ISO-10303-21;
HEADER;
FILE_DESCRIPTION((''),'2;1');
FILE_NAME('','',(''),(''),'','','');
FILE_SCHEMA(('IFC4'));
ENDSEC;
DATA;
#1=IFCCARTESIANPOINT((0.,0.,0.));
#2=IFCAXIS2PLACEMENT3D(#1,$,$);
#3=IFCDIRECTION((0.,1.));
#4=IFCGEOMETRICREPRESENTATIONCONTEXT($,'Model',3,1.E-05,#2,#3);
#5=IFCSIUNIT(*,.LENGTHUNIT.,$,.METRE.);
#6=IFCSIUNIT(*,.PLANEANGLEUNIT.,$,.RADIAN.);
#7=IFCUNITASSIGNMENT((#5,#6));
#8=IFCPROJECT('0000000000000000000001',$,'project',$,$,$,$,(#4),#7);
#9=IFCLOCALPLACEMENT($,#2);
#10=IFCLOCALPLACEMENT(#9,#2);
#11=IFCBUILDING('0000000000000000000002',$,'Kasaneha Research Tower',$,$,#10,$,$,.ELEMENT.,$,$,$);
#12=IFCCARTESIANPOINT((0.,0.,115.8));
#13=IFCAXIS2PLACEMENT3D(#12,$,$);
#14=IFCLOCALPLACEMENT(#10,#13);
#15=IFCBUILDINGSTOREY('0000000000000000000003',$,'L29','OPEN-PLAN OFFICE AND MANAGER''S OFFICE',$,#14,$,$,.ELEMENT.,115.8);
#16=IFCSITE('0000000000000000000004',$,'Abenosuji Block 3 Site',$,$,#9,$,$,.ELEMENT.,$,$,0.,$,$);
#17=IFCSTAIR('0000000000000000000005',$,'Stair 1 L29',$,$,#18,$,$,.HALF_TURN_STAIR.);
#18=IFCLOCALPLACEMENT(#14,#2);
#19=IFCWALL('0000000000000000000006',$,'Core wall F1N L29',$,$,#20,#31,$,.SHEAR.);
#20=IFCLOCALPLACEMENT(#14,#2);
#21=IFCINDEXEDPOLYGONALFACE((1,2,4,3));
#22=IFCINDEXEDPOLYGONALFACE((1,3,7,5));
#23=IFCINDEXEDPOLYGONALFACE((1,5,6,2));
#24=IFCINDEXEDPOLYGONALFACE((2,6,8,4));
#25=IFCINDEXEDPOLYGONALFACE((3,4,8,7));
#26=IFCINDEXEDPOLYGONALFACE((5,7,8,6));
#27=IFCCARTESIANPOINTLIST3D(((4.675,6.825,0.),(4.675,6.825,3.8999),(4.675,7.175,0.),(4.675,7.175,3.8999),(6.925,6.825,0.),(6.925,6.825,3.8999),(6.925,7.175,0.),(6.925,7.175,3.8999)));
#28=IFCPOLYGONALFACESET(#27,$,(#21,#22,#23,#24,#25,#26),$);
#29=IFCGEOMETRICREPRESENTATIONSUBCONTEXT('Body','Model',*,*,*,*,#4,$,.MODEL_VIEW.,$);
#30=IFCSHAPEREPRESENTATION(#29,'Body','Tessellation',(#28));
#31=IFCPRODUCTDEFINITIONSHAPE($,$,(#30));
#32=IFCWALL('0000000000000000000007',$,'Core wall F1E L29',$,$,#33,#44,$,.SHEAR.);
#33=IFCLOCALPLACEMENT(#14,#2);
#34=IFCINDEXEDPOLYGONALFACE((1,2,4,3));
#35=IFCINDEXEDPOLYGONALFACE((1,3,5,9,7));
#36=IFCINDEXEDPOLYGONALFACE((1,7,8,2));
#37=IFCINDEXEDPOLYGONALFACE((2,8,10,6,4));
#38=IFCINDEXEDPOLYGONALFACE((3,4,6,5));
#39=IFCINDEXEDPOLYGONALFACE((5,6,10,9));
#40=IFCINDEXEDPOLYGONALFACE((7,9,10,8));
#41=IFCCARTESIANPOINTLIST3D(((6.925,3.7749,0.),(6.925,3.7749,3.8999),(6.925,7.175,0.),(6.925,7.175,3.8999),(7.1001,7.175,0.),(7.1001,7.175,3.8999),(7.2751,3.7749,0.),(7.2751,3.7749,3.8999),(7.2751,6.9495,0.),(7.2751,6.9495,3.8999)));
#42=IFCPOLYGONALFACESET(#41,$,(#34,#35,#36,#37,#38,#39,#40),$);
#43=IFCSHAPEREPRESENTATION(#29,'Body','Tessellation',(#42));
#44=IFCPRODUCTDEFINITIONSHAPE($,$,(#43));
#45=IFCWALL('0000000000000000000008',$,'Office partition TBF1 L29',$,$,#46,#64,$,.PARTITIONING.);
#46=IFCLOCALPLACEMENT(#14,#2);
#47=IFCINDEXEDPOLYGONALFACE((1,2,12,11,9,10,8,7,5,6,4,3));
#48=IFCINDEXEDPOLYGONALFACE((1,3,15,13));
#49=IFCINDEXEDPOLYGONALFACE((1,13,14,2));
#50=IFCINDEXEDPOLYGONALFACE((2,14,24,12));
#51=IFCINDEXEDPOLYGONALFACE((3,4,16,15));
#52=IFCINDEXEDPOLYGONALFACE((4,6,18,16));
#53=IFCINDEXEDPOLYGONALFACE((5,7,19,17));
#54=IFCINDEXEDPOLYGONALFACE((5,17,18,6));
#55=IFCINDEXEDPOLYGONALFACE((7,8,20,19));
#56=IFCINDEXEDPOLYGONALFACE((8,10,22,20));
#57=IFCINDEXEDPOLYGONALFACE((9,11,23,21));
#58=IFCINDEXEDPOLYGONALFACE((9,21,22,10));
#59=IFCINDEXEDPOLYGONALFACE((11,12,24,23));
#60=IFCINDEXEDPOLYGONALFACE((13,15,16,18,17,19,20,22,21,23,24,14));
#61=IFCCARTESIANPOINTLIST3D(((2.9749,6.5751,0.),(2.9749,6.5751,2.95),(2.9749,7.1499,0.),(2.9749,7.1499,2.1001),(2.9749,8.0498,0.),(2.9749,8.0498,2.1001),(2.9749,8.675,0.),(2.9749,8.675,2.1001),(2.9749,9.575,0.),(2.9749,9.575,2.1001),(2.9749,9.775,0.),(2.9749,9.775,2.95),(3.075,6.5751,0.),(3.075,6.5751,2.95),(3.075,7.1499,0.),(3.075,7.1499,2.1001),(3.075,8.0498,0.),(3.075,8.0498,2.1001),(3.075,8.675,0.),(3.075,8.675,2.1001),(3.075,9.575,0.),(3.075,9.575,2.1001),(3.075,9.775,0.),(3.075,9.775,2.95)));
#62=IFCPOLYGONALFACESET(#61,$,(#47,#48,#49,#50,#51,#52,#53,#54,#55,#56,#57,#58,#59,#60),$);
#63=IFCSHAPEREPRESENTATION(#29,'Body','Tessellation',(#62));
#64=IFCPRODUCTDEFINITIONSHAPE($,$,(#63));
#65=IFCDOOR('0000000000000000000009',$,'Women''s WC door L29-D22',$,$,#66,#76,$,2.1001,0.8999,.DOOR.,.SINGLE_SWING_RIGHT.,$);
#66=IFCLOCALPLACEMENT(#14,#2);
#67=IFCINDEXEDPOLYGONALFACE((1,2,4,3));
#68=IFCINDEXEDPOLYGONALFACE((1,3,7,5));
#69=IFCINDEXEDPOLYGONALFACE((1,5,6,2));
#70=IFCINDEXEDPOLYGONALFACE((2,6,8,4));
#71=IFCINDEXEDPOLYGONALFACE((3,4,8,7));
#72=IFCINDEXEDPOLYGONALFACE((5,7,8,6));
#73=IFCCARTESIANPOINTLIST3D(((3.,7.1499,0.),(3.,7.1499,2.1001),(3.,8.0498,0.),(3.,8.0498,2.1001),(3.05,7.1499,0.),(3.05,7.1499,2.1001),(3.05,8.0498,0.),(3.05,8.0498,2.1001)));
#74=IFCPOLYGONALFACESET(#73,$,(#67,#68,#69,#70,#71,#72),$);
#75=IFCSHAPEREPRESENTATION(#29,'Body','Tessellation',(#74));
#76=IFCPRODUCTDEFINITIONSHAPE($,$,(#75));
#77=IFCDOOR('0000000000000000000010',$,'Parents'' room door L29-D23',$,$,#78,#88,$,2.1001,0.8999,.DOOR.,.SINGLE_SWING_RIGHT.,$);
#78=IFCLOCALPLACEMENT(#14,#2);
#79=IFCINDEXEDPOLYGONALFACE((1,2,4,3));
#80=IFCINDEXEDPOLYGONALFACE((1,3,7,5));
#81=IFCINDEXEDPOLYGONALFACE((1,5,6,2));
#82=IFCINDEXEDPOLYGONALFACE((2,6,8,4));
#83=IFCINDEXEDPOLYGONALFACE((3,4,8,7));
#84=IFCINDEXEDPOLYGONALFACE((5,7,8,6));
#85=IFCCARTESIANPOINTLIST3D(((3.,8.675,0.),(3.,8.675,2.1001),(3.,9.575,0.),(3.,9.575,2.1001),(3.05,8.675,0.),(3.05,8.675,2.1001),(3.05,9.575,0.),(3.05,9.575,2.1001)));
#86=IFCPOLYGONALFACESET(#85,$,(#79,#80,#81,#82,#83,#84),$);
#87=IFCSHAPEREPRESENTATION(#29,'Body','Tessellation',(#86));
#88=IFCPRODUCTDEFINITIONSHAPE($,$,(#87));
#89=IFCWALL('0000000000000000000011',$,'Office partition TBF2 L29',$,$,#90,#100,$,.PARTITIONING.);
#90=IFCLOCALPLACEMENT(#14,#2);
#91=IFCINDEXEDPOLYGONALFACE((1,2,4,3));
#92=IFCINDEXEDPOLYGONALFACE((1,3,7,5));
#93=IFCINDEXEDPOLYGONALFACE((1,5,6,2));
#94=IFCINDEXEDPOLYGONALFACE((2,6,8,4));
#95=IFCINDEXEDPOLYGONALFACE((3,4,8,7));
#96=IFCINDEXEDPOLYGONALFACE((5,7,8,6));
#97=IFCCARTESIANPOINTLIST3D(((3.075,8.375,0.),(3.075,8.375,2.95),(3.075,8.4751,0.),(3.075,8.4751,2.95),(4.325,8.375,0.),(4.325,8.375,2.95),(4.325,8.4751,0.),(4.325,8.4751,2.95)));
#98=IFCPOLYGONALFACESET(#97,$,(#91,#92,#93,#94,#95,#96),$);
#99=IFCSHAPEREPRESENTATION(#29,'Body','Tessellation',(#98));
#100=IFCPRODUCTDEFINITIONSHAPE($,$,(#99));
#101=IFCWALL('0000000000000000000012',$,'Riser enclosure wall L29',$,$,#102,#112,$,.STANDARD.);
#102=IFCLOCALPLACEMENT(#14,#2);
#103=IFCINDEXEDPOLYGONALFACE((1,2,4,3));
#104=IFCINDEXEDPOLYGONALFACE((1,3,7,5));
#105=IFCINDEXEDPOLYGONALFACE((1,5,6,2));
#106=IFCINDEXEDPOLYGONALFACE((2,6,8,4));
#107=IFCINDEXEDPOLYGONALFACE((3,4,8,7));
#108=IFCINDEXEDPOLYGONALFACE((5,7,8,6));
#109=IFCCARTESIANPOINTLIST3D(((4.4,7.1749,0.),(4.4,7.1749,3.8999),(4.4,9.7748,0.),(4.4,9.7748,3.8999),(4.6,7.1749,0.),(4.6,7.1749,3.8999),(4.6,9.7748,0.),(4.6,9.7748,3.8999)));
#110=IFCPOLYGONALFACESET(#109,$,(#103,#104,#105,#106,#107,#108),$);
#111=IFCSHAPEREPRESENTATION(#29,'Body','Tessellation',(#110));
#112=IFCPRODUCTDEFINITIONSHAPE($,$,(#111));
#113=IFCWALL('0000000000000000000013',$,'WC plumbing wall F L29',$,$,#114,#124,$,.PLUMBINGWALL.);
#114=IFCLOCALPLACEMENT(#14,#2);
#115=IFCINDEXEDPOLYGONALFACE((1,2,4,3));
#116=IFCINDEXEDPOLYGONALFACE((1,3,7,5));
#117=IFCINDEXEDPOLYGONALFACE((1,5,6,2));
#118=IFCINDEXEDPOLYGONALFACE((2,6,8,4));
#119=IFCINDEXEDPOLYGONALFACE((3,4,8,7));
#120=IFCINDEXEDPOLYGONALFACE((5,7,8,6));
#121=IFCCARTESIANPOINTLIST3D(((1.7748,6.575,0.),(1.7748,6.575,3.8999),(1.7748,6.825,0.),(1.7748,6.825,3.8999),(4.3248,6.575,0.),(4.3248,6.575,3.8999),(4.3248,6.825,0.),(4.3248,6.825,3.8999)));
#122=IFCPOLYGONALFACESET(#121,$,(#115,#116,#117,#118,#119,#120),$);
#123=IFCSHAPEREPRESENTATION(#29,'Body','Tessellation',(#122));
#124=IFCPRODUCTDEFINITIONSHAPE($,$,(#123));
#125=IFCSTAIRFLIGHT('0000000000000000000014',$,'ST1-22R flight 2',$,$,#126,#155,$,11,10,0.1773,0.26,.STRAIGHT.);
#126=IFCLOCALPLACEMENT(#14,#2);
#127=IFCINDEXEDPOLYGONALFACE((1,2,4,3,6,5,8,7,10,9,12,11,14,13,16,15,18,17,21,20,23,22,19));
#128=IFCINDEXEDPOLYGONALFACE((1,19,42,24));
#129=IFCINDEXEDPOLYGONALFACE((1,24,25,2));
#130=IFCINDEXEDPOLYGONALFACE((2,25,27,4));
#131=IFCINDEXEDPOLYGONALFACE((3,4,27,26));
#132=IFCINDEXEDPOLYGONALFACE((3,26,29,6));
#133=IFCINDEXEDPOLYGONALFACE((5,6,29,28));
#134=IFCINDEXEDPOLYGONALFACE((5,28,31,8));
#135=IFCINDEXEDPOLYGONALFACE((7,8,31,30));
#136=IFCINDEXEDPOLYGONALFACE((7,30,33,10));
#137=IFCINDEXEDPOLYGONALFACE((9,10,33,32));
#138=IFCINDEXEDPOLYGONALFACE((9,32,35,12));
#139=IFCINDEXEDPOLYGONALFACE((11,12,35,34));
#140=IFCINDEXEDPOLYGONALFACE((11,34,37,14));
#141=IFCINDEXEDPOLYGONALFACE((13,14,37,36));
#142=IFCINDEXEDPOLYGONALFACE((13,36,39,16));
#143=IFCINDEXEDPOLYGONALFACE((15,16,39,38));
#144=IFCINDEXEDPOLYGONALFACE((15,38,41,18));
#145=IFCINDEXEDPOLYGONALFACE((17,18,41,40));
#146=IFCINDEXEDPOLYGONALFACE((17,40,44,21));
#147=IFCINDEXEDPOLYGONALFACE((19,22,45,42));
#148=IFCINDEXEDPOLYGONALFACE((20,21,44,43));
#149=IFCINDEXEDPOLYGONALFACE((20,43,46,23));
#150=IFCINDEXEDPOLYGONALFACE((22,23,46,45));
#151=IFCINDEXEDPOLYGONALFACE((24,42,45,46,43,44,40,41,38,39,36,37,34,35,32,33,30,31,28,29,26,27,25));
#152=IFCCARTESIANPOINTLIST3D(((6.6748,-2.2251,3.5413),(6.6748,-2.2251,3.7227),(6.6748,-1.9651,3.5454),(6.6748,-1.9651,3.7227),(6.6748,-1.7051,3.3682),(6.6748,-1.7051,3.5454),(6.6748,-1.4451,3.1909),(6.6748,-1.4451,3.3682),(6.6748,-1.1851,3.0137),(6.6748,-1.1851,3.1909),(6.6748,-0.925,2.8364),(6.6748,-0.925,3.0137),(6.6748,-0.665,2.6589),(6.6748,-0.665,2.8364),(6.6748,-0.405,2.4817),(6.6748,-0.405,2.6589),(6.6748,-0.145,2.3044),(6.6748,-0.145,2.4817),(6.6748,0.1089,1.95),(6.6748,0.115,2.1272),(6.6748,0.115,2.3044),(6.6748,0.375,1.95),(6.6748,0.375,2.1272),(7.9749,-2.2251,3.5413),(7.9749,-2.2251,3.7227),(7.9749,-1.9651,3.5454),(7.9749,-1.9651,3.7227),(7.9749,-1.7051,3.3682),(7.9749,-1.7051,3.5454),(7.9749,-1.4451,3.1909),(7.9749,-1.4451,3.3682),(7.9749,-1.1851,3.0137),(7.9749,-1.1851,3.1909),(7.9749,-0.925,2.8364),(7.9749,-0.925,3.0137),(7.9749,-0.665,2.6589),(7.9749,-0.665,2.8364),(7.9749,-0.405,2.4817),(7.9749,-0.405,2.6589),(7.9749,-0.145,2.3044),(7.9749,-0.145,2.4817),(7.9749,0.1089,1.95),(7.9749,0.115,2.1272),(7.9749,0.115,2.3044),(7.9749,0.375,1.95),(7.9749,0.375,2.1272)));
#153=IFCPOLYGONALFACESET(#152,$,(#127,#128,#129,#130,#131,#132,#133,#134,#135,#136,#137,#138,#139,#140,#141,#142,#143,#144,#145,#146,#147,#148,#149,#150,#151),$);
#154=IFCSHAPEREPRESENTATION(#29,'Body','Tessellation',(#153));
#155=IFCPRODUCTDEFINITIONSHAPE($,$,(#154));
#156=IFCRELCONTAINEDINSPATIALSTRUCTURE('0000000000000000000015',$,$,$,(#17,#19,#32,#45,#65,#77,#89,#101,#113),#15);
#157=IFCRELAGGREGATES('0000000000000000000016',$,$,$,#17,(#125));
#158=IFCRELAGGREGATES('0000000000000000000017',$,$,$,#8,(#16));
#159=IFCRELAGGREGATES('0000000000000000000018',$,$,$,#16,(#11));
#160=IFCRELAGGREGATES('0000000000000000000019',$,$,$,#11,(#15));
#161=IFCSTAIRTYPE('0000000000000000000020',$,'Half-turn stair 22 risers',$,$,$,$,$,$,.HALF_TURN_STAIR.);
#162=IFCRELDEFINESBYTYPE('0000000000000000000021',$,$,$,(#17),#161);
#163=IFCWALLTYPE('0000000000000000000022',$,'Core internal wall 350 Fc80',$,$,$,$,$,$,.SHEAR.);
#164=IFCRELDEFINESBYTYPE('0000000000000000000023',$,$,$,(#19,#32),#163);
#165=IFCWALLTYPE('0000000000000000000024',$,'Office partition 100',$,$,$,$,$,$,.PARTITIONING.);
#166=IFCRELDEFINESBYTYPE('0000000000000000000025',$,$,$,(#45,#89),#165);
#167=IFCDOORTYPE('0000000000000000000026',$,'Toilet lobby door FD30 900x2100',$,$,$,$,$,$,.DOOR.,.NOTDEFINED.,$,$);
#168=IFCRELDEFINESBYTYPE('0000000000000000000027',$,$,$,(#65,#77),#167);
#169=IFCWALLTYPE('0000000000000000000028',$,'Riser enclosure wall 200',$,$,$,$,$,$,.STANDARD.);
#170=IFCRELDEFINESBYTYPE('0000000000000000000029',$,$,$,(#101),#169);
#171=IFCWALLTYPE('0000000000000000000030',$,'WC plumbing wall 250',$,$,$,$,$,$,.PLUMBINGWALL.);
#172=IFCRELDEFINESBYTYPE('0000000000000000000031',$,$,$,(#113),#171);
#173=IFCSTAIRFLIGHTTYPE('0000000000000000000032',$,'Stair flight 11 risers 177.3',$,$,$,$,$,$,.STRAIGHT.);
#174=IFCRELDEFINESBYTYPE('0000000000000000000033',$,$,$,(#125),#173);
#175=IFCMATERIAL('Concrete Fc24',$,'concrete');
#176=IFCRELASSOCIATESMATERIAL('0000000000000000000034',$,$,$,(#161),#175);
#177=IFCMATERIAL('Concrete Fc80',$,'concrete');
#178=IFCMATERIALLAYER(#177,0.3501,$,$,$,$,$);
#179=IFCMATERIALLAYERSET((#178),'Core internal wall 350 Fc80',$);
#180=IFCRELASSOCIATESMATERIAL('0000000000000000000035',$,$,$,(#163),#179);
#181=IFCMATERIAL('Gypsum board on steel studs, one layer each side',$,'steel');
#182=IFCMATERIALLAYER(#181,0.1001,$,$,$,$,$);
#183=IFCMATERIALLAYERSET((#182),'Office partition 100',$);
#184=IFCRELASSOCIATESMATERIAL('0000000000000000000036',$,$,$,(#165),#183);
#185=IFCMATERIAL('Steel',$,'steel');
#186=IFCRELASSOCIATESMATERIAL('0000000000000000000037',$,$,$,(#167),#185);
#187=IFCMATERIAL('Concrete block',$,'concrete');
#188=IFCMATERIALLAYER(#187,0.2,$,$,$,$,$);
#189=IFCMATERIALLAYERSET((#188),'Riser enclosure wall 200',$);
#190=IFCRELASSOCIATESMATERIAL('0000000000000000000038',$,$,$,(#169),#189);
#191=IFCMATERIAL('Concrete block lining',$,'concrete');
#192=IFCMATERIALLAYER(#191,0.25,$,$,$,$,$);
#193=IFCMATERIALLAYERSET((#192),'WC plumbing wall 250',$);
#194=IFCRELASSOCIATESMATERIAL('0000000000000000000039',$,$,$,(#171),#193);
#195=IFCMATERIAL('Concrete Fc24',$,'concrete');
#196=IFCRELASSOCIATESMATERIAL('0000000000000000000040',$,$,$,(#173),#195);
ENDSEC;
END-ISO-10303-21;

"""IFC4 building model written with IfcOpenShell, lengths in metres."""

from ifc_helpers import new_model, si_unit, direction, frame, frame_2d, origin, place, context, subcontext, project, spatial, polyline, rectangle, outline, extrude, material, layer, layer_set, type_object, element, fill, aggregate, save


model = new_model("IFC4")

# Units and contexts
model_context = context("Model", 3, precision=1e-05, world=origin(), true_north=direction((0.0, 1.0)))
body_context = subcontext(model_context, "Body", "Model", "MODEL_VIEW")
ifc_project = project(units=[si_unit("LENGTHUNIT", "METRE"), si_unit("PLANEANGLEUNIT", "RADIAN")], contexts=[model_context])

# Site, building, storey
site_placement = place(None, origin())
site = spatial("IfcSite", under=ifc_project, at=site_placement, Name="Abenosuji Block 3 Site", CompositionType="ELEMENT", RefElevation=0.0)
building_placement = place(site_placement, origin())
building = spatial("IfcBuilding", under=site, at=building_placement, Name="Kasaneha Research Tower", CompositionType="ELEMENT")
storey_placement = place(building_placement, frame((0.0, 0.0, 115.8)))
storey = spatial("IfcBuildingStorey", under=building, at=storey_placement, Name="L29", Description="OPEN-PLAN OFFICE AND MANAGER'S OFFICE", CompositionType="ELEMENT", Elevation=115.8)

# Stair
ifc_material_1 = material(Name="Concrete Fc24", Category="concrete")
stair_type = type_object("IfcStairType", Name="Half-turn stair 22 risers", PredefinedType="HALF_TURN_STAIR", material=ifc_material_1)
stair_1_placement = place(storey_placement, origin())
stair_1 = element("IfcStair", 1, at=stair_1_placement, inside=storey, type_object=stair_type, Name="Stair 1 L29", PredefinedType="HALF_TURN_STAIR")

# Shared definitions
ifc_material_2 = material(Name="Concrete Fc80", Category="concrete")
ifc_layer_1 = layer(ifc_material_2, 0.3501)
ifc_layer_set_1 = layer_set([ifc_layer_1], Name="Core internal wall 350 Fc80")
wall_type_1 = type_object("IfcWallType", Name="Core internal wall 350 Fc80", PredefinedType="SHEAR", material=ifc_layer_set_1)

# Walls
wall_1_placement = place(storey_placement, frame((4.675, 7.0, 0.0), z_axis=(0.0, 0.0, 1.0), x_axis=(1.0, 0.0, 0.0)))
element("IfcWall", 2, at=wall_1_placement, inside=storey, type_object=wall_type_1, Name="Core wall F1N L29", PredefinedType="SHEAR", context=body_context, shape_type="SweptSolid", body=[
    extrude(rectangle(XDim=2.25, YDim=0.3501, at=frame_2d((1.125, 0.0))), origin(), (0.0, 0.0, 1.0), 3.8999),
])
wall_2_placement = place(storey_placement, frame((7.1001, 3.7749, 0.0), z_axis=(0.0, 0.0, 1.0), x_axis=(0.0, 1.0, 0.0)))
element("IfcWall", 3, at=wall_2_placement, inside=storey, type_object=wall_type_1, Name="Core wall F1E L29", PredefinedType="SHEAR", context=body_context, shape_type="SweptSolid", body=[
    extrude(outline(polyline([(0.0, -0.175), (3.1746, -0.175), (3.4001, 0.0), (3.4001, 0.175), (0.0, 0.175), (0.0, -0.175)])), origin(), (0.0, 0.0, 1.0), 3.8999),
])

# Wall, openings, doors
ifc_material_3 = material(Name="Gypsum board on steel studs, one layer each side", Category="steel")
ifc_layer_2 = layer(ifc_material_3, 0.1001)
ifc_layer_set_2 = layer_set([ifc_layer_2], Name="Office partition 100")
wall_type_2 = type_object("IfcWallType", Name="Office partition 100", PredefinedType="PARTITIONING", material=ifc_layer_set_2)
wall_3_placement = place(storey_placement, frame((3.0249, 6.575, 0.0), z_axis=(0.0, 0.0, 1.0), x_axis=(0.0, 1.0, 0.0)))
wall_3 = element("IfcWall", 4, at=wall_3_placement, inside=storey, type_object=wall_type_2, Name="Office partition TBF1 L29", PredefinedType="PARTITIONING", context=body_context, shape_type="SweptSolid", body=[
    extrude(rectangle(XDim=3.2, YDim=0.1001, at=frame_2d((1.6001, 0.0))), origin(), (0.0, 0.0, 1.0), 2.95),
])
opening_1_placement = place(wall_3_placement, frame((0.575, 0.0, 0.0)))
opening_1 = element("IfcOpeningElement", 5, at=opening_1_placement, cuts=wall_3, PredefinedType="OPENING", context=body_context, shape_type="SweptSolid", body=[
    extrude(rectangle(XDim=0.8999, YDim=2.1001, at=frame_2d((0.45, 1.05))), frame((0.0, 0.0601, 0.0), z_axis=(0.0, -1.0, 0.0), x_axis=(1.0, 0.0, 0.0)), (0.0, 0.0, 1.0), 0.1201),
])
opening_2_placement = place(wall_3_placement, frame((2.1001, 0.0, 0.0)))
opening_2 = element("IfcOpeningElement", 6, at=opening_2_placement, cuts=wall_3, PredefinedType="OPENING", context=body_context, shape_type="SweptSolid", body=[
    extrude(rectangle(XDim=0.8999, YDim=2.1001, at=frame_2d((0.45, 1.05))), frame((0.0, 0.0601, 0.0), z_axis=(0.0, -1.0, 0.0), x_axis=(1.0, 0.0, 0.0)), (0.0, 0.0, 1.0), 0.1201),
])
ifc_material_4 = material(Name="Steel", Category="steel")
door_type_1 = type_object("IfcDoorType", Name="Toilet lobby door FD30 900x2100", OperationType="NOTDEFINED", PredefinedType="DOOR", material=ifc_material_4)
door_1_placement = place(opening_1_placement, origin())
door_1 = element("IfcDoor", 7, at=door_1_placement, inside=storey, type_object=door_type_1, Name="Women's WC door L29-D22", OperationType="SINGLE_SWING_RIGHT", OverallHeight=2.1001, OverallWidth=0.8999, PredefinedType="DOOR", context=body_context, shape_type="SweptSolid", body=[
    extrude(rectangle(XDim=0.8999, YDim=2.1001, at=frame_2d((0.45, 1.05))), frame((0.0, 0.0249, 0.0), z_axis=(0.0, -1.0, 0.0), x_axis=(1.0, 0.0, 0.0)), (0.0, 0.0, 1.0), 0.05),
])
fill(opening_1, door_1)
door_2_placement = place(opening_2_placement, origin())
door_2 = element("IfcDoor", 8, at=door_2_placement, inside=storey, type_object=door_type_1, Name="Parents' room door L29-D23", OperationType="SINGLE_SWING_RIGHT", OverallHeight=2.1001, OverallWidth=0.8999, PredefinedType="DOOR", context=body_context, shape_type="SweptSolid", body=[
    extrude(rectangle(XDim=0.8999, YDim=2.1001, at=frame_2d((0.45, 1.05))), frame((0.0, 0.0249, 0.0), z_axis=(0.0, -1.0, 0.0), x_axis=(1.0, 0.0, 0.0)), (0.0, 0.0, 1.0), 0.05),
])
fill(opening_2, door_2)

# Walls
wall_4_placement = place(storey_placement, frame((3.075, 8.425, 0.0), z_axis=(0.0, 0.0, 1.0), x_axis=(1.0, 0.0, 0.0)))
element("IfcWall", 9, at=wall_4_placement, inside=storey, type_object=wall_type_2, Name="Office partition TBF2 L29", PredefinedType="PARTITIONING", context=body_context, shape_type="SweptSolid", body=[
    extrude(rectangle(XDim=1.25, YDim=0.1001, at=frame_2d((0.625, 0.0))), origin(), (0.0, 0.0, 1.0), 2.95),
])
ifc_material_5 = material(Name="Concrete block", Category="concrete")
ifc_layer_3 = layer(ifc_material_5, 0.2)
ifc_layer_set_3 = layer_set([ifc_layer_3], Name="Riser enclosure wall 200")
wall_type_3 = type_object("IfcWallType", Name="Riser enclosure wall 200", PredefinedType="STANDARD", material=ifc_layer_set_3)
wall_5_placement = place(storey_placement, frame((4.5, 7.175, 0.0), z_axis=(0.0, 0.0, 1.0), x_axis=(0.0, 1.0, 0.0)))
element("IfcWall", 10, at=wall_5_placement, inside=storey, type_object=wall_type_3, Name="Riser enclosure wall L29", PredefinedType="STANDARD", context=body_context, shape_type="SweptSolid", body=[
    extrude(rectangle(XDim=2.5999, YDim=0.2, at=frame_2d((1.2998, 0.0))), origin(), (0.0, 0.0, 1.0), 3.8999),
])
ifc_material_6 = material(Name="Concrete block lining", Category="concrete")
ifc_layer_4 = layer(ifc_material_6, 0.25)
ifc_layer_set_4 = layer_set([ifc_layer_4], Name="WC plumbing wall 250")
wall_type_4 = type_object("IfcWallType", Name="WC plumbing wall 250", PredefinedType="PLUMBINGWALL", material=ifc_layer_set_4)
wall_6_placement = place(storey_placement, frame((1.7749, 6.7, 0.0), z_axis=(0.0, 0.0, 1.0), x_axis=(1.0, 0.0, 0.0)))
element("IfcWall", 11, at=wall_6_placement, inside=storey, type_object=wall_type_4, Name="WC plumbing wall F L29", PredefinedType="PLUMBINGWALL", context=body_context, shape_type="SweptSolid", body=[
    extrude(rectangle(XDim=2.55, YDim=0.25, at=frame_2d((1.2749, 0.0))), origin(), (0.0, 0.0, 1.0), 3.8999),
])

# Stair flight
ifc_material_7 = material(Name="Concrete Fc24", Category="concrete")
stair_flight_type = type_object("IfcStairFlightType", Name="Stair flight 11 risers 177.3", PredefinedType="STRAIGHT", material=ifc_material_7)
stair_flight_placement = place(storey_placement, frame((7.325, 0.375, 1.95), z_axis=(0.0, 0.0, 1.0), x_axis=(0.0, -1.0, 0.0)))
stair_flight = element("IfcStairFlight", 12, at=stair_flight_placement, type_object=stair_flight_type, Name="ST1-22R flight 2", NumberOfRisers=11, NumberOfTreads=10, PredefinedType="STRAIGHT", RiserHeight=0.1773, TreadLength=0.26, context=body_context, shape_type="SweptSolid", body=[
    extrude(outline(polyline([(0.0, 0.0), (0.0, 0.1772), (0.26, 0.1772), (0.26, 0.3545), (0.52, 0.3545), (0.52, 0.5317), (0.78, 0.5317), (0.78, 0.709), (1.04, 0.709), (1.04, 0.8865), (1.3, 0.8865), (1.3, 1.0637), (1.5601, 1.0637), (1.5601, 1.241), (1.8201, 1.241), (1.8201, 1.4182), (2.0801, 1.4182), (2.0801, 1.5955), (2.3401, 1.5955), (2.3401, 1.7727), (2.6001, 1.7727), (2.6001, 1.95), (2.6001, 1.5913), (0.2661, 0.0), (0.0, 0.0)])), frame((0.0, 0.6499, 0.0), z_axis=(0.0, -1.0, 0.0), x_axis=(1.0, 0.0, 0.0)), (0.0, 0.0, 1.0), 1.3),
])
aggregate(stair_1, [stair_flight])

save(model, "model.ifc")
